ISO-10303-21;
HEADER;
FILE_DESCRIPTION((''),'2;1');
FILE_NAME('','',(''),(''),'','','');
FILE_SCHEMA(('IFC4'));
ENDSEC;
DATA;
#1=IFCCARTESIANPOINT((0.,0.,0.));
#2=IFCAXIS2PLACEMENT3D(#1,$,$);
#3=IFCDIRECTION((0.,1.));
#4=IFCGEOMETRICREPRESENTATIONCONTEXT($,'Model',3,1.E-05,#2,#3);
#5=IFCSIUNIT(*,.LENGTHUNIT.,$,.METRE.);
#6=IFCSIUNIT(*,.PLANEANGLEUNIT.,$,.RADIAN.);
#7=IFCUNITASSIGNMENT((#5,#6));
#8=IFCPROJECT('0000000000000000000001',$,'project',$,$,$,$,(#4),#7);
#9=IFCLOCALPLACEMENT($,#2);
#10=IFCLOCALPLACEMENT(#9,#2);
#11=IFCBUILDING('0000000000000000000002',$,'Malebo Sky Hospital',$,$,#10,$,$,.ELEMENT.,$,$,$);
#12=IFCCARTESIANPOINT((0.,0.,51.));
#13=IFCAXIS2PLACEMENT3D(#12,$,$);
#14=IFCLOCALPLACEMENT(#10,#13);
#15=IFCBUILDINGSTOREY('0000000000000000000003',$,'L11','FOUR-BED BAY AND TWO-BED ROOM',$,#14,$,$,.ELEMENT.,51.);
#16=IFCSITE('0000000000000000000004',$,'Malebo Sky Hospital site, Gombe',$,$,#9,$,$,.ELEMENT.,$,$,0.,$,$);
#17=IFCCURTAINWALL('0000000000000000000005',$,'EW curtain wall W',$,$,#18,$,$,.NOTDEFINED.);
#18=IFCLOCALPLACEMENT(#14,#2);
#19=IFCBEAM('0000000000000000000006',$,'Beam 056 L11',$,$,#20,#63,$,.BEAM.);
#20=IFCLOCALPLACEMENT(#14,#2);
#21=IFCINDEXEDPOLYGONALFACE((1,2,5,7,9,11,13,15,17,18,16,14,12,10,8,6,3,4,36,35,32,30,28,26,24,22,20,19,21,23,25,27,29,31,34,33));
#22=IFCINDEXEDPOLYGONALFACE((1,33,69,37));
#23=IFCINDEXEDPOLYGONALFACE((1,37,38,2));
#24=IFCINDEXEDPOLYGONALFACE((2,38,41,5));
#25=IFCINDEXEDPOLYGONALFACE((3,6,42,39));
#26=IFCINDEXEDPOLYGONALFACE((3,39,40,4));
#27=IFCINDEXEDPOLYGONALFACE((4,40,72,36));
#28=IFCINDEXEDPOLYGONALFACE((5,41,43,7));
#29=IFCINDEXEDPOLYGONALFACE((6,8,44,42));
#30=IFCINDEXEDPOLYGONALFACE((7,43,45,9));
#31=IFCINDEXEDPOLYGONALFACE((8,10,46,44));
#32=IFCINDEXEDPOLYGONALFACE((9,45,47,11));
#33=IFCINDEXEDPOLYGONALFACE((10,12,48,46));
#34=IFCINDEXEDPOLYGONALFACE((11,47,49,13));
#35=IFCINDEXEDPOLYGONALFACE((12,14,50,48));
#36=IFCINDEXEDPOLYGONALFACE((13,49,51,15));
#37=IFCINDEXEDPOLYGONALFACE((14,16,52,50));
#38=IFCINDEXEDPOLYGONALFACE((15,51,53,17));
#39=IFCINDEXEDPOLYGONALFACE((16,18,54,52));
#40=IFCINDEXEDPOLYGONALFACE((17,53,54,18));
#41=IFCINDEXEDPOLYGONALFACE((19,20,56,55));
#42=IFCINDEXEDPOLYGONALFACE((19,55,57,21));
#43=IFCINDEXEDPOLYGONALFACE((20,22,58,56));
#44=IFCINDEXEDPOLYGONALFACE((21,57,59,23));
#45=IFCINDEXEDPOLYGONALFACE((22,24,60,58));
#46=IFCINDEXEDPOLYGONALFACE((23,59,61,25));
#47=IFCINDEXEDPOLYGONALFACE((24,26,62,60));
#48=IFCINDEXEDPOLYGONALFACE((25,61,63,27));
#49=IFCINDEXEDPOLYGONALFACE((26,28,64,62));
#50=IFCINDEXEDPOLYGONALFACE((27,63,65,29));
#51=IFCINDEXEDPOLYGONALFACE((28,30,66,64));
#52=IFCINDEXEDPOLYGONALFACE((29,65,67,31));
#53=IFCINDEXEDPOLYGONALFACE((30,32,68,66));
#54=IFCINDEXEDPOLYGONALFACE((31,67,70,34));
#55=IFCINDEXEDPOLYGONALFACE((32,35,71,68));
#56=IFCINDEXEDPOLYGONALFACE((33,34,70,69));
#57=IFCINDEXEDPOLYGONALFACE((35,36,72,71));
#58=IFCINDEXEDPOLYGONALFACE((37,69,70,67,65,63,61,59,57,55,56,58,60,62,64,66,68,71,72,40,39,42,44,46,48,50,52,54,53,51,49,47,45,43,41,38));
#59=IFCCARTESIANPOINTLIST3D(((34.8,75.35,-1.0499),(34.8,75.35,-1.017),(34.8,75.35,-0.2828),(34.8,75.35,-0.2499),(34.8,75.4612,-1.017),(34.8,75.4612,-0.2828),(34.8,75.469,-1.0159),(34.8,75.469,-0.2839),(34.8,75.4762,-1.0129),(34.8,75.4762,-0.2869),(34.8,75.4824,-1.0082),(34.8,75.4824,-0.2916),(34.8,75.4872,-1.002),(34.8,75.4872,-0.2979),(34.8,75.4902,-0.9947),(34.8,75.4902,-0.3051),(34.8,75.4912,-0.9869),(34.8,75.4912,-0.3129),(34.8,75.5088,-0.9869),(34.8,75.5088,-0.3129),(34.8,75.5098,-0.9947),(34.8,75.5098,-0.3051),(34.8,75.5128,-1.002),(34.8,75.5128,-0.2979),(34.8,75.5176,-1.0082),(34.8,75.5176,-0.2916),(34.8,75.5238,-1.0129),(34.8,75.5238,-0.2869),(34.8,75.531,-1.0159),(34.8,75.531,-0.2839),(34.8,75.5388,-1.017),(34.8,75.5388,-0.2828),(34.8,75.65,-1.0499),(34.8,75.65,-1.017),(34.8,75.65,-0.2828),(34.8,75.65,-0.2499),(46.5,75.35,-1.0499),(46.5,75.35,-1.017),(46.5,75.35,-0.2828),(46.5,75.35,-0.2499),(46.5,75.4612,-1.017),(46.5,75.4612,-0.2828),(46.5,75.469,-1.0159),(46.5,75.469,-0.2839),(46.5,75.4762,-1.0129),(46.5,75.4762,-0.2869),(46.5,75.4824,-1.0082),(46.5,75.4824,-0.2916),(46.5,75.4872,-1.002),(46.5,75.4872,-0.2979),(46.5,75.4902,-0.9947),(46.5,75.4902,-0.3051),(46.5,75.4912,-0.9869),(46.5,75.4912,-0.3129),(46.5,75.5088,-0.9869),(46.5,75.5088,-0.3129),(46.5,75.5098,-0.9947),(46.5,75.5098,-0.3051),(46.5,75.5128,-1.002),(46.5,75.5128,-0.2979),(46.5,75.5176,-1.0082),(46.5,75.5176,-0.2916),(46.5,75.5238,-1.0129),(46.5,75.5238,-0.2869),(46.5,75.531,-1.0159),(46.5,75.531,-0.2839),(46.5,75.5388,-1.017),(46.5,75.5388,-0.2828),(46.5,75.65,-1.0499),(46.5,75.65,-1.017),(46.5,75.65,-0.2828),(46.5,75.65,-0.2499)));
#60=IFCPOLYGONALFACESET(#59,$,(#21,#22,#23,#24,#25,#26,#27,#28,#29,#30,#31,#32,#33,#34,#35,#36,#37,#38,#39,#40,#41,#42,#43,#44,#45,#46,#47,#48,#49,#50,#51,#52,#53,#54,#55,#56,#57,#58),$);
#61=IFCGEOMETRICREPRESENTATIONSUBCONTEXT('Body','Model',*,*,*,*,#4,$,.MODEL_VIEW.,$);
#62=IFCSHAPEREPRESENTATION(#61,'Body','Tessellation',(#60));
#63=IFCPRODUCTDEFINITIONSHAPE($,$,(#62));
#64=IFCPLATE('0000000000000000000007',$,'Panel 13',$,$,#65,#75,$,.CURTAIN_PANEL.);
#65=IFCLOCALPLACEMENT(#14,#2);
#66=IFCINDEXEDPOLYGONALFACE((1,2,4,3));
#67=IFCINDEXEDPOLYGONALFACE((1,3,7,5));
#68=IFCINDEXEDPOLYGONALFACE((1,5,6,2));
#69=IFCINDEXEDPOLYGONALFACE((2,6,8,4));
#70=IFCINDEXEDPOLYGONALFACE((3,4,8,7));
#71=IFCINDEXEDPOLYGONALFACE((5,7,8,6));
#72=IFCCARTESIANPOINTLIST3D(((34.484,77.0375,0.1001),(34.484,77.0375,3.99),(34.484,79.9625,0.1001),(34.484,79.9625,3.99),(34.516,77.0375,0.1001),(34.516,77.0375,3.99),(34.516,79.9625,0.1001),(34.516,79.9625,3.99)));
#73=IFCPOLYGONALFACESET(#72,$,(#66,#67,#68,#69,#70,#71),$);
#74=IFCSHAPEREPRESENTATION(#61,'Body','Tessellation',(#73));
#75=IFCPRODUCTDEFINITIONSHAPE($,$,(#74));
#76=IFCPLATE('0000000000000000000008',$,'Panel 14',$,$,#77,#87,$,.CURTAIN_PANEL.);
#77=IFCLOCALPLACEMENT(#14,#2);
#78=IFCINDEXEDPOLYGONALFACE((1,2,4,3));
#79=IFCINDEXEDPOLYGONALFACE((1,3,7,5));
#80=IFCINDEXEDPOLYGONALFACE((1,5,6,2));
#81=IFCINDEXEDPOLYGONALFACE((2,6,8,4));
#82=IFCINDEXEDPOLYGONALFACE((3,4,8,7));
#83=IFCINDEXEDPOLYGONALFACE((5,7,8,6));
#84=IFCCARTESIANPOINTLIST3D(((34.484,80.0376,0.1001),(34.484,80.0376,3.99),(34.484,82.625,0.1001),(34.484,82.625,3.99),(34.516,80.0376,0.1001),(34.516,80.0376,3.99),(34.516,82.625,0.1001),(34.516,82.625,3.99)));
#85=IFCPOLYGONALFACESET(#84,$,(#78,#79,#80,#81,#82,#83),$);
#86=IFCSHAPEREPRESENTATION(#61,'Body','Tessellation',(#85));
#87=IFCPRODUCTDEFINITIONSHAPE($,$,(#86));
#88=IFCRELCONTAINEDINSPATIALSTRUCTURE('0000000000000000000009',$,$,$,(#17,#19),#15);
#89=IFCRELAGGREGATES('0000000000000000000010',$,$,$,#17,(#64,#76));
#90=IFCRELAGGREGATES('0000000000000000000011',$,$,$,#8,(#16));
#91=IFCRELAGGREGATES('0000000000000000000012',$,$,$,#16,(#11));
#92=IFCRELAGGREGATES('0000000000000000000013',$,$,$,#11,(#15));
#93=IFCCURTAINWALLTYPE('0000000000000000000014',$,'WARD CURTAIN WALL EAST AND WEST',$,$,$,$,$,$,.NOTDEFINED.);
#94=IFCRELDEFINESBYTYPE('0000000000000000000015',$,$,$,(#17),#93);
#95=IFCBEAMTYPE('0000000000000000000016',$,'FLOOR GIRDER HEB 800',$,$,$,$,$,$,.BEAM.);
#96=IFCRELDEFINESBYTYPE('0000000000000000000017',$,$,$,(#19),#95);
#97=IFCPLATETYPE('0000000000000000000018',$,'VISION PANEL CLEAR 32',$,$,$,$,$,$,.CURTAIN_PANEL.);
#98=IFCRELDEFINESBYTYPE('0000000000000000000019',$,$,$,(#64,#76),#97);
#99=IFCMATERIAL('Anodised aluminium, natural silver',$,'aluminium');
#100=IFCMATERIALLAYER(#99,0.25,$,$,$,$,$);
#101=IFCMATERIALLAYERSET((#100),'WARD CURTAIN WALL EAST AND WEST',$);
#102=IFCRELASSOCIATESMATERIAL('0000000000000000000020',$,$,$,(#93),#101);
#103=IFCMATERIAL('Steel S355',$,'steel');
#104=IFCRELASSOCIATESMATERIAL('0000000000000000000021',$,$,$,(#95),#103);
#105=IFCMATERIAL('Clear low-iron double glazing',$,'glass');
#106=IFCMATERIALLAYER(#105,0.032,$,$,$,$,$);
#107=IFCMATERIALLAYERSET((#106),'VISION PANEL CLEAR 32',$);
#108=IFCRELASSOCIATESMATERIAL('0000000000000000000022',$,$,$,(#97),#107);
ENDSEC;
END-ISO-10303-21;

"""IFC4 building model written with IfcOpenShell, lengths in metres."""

from ifc_helpers import new_model, si_unit, direction, frame, origin, origin_2d, place, context, subcontext, project, spatial, rectangle, i_section, extrude, material, layer, layer_set, material_profile, profile_set, type_object, element, aggregate, save


model = new_model("IFC4")

# Units and contexts
model_context = context("Model", 3, precision=1e-05, world=origin(), true_north=direction((0.0, 1.0)))
body_context = subcontext(model_context, "Body", "Model", "MODEL_VIEW")
ifc_project = project(units=[si_unit("LENGTHUNIT", "METRE"), si_unit("PLANEANGLEUNIT", "RADIAN")], contexts=[model_context])

# Site, building, storey
site_placement = place(None, origin())
site = spatial("IfcSite", under=ifc_project, at=site_placement, Name="Malebo Sky Hospital site, Gombe", CompositionType="ELEMENT", RefElevation=0.0)
building_placement = place(site_placement, origin())
building = spatial("IfcBuilding", under=site, at=building_placement, Name="Malebo Sky Hospital", CompositionType="ELEMENT")
storey_placement = place(building_placement, frame((0.0, 0.0, 51.0)))
storey = spatial("IfcBuildingStorey", under=building, at=storey_placement, Name="L11", Description="FOUR-BED BAY AND TWO-BED ROOM", CompositionType="ELEMENT", Elevation=51.0)

# Curtain wall
ifc_material_1 = material(Name="Anodised aluminium, natural silver", Category="aluminium")
ifc_layer_1 = layer(ifc_material_1, 0.25)
ifc_layer_set_1 = layer_set([ifc_layer_1], Name="WARD CURTAIN WALL EAST AND WEST")
curtain_wall_type = type_object("IfcCurtainWallType", Name="WARD CURTAIN WALL EAST AND WEST", PredefinedType="NOTDEFINED", material=ifc_layer_set_1)
curtain_wall_placement = place(storey_placement, origin())
curtain_wall = element("IfcCurtainWall", 1, at=curtain_wall_placement, inside=storey, type_object=curtain_wall_type, Name="EW curtain wall W", PredefinedType="NOTDEFINED")

# Beam
ifc_material_2 = material(Name="Steel S355", Category="steel")
ifc_material_profile_1 = material_profile(ifc_material_2, i_section(OverallWidth=0.3, OverallDepth=0.8, WebThickness=0.0176, FlangeThickness=0.033, FilletRadius=0.03, at=origin_2d()), Name="HEB 800")
ifc_profile_set_1 = profile_set([ifc_material_profile_1], Name="Steel S355")
beam_type_1 = type_object("IfcBeamType", Name="FLOOR GIRDER HEB 800", PredefinedType="BEAM", material=ifc_profile_set_1)
beam_1_placement = place(storey_placement, frame((34.8, 75.5, -0.6499), z_axis=(1.0, 0.0, 0.0), x_axis=(0.0, 1.0, 0.0)))
element("IfcBeam", 2, at=beam_1_placement, inside=storey, type_object=beam_type_1, Name="Beam 056 L11", PredefinedType="BEAM", context=body_context, shape_type="SweptSolid", body=[
    extrude(i_section(OverallWidth=0.3, OverallDepth=0.8, WebThickness=0.0176, FlangeThickness=0.033, FilletRadius=0.03, at=origin_2d()), origin(), (0.0, 0.0, 1.0), 11.7),
])

# Plates
ifc_material_3 = material(Name="Clear low-iron double glazing", Category="glass")
ifc_layer_2 = layer(ifc_material_3, 0.032)
ifc_layer_set_2 = layer_set([ifc_layer_2], Name="VISION PANEL CLEAR 32")
plate_type = type_object("IfcPlateType", Name="VISION PANEL CLEAR 32", PredefinedType="CURTAIN_PANEL", material=ifc_layer_set_2)
plate_1_placement = place(storey_placement, frame((34.5, 78.5, 0.1001), z_axis=(0.0, 0.0, 1.0), x_axis=(0.0, 1.0, 0.0)))
plate_1 = element("IfcPlate", 3, at=plate_1_placement, type_object=plate_type, Name="Panel 13", PredefinedType="CURTAIN_PANEL", context=body_context, shape_type="SweptSolid", body=[
    extrude(rectangle(XDim=2.925, YDim=0.032, at=origin_2d()), origin(), (0.0, 0.0, 1.0), 3.8899),
])
plate_2_placement = place(storey_placement, frame((34.5, 81.3313, 0.1001), z_axis=(0.0, 0.0, 1.0), x_axis=(0.0, 1.0, 0.0)))
plate_2 = element("IfcPlate", 4, at=plate_2_placement, type_object=plate_type, Name="Panel 14", PredefinedType="CURTAIN_PANEL", context=body_context, shape_type="SweptSolid", body=[
    extrude(rectangle(XDim=2.5874, YDim=0.032, at=origin_2d()), origin(), (0.0, 0.0, 1.0), 3.8899),
])
aggregate(curtain_wall, [plate_1, plate_2])

save(model, "model.ifc")
